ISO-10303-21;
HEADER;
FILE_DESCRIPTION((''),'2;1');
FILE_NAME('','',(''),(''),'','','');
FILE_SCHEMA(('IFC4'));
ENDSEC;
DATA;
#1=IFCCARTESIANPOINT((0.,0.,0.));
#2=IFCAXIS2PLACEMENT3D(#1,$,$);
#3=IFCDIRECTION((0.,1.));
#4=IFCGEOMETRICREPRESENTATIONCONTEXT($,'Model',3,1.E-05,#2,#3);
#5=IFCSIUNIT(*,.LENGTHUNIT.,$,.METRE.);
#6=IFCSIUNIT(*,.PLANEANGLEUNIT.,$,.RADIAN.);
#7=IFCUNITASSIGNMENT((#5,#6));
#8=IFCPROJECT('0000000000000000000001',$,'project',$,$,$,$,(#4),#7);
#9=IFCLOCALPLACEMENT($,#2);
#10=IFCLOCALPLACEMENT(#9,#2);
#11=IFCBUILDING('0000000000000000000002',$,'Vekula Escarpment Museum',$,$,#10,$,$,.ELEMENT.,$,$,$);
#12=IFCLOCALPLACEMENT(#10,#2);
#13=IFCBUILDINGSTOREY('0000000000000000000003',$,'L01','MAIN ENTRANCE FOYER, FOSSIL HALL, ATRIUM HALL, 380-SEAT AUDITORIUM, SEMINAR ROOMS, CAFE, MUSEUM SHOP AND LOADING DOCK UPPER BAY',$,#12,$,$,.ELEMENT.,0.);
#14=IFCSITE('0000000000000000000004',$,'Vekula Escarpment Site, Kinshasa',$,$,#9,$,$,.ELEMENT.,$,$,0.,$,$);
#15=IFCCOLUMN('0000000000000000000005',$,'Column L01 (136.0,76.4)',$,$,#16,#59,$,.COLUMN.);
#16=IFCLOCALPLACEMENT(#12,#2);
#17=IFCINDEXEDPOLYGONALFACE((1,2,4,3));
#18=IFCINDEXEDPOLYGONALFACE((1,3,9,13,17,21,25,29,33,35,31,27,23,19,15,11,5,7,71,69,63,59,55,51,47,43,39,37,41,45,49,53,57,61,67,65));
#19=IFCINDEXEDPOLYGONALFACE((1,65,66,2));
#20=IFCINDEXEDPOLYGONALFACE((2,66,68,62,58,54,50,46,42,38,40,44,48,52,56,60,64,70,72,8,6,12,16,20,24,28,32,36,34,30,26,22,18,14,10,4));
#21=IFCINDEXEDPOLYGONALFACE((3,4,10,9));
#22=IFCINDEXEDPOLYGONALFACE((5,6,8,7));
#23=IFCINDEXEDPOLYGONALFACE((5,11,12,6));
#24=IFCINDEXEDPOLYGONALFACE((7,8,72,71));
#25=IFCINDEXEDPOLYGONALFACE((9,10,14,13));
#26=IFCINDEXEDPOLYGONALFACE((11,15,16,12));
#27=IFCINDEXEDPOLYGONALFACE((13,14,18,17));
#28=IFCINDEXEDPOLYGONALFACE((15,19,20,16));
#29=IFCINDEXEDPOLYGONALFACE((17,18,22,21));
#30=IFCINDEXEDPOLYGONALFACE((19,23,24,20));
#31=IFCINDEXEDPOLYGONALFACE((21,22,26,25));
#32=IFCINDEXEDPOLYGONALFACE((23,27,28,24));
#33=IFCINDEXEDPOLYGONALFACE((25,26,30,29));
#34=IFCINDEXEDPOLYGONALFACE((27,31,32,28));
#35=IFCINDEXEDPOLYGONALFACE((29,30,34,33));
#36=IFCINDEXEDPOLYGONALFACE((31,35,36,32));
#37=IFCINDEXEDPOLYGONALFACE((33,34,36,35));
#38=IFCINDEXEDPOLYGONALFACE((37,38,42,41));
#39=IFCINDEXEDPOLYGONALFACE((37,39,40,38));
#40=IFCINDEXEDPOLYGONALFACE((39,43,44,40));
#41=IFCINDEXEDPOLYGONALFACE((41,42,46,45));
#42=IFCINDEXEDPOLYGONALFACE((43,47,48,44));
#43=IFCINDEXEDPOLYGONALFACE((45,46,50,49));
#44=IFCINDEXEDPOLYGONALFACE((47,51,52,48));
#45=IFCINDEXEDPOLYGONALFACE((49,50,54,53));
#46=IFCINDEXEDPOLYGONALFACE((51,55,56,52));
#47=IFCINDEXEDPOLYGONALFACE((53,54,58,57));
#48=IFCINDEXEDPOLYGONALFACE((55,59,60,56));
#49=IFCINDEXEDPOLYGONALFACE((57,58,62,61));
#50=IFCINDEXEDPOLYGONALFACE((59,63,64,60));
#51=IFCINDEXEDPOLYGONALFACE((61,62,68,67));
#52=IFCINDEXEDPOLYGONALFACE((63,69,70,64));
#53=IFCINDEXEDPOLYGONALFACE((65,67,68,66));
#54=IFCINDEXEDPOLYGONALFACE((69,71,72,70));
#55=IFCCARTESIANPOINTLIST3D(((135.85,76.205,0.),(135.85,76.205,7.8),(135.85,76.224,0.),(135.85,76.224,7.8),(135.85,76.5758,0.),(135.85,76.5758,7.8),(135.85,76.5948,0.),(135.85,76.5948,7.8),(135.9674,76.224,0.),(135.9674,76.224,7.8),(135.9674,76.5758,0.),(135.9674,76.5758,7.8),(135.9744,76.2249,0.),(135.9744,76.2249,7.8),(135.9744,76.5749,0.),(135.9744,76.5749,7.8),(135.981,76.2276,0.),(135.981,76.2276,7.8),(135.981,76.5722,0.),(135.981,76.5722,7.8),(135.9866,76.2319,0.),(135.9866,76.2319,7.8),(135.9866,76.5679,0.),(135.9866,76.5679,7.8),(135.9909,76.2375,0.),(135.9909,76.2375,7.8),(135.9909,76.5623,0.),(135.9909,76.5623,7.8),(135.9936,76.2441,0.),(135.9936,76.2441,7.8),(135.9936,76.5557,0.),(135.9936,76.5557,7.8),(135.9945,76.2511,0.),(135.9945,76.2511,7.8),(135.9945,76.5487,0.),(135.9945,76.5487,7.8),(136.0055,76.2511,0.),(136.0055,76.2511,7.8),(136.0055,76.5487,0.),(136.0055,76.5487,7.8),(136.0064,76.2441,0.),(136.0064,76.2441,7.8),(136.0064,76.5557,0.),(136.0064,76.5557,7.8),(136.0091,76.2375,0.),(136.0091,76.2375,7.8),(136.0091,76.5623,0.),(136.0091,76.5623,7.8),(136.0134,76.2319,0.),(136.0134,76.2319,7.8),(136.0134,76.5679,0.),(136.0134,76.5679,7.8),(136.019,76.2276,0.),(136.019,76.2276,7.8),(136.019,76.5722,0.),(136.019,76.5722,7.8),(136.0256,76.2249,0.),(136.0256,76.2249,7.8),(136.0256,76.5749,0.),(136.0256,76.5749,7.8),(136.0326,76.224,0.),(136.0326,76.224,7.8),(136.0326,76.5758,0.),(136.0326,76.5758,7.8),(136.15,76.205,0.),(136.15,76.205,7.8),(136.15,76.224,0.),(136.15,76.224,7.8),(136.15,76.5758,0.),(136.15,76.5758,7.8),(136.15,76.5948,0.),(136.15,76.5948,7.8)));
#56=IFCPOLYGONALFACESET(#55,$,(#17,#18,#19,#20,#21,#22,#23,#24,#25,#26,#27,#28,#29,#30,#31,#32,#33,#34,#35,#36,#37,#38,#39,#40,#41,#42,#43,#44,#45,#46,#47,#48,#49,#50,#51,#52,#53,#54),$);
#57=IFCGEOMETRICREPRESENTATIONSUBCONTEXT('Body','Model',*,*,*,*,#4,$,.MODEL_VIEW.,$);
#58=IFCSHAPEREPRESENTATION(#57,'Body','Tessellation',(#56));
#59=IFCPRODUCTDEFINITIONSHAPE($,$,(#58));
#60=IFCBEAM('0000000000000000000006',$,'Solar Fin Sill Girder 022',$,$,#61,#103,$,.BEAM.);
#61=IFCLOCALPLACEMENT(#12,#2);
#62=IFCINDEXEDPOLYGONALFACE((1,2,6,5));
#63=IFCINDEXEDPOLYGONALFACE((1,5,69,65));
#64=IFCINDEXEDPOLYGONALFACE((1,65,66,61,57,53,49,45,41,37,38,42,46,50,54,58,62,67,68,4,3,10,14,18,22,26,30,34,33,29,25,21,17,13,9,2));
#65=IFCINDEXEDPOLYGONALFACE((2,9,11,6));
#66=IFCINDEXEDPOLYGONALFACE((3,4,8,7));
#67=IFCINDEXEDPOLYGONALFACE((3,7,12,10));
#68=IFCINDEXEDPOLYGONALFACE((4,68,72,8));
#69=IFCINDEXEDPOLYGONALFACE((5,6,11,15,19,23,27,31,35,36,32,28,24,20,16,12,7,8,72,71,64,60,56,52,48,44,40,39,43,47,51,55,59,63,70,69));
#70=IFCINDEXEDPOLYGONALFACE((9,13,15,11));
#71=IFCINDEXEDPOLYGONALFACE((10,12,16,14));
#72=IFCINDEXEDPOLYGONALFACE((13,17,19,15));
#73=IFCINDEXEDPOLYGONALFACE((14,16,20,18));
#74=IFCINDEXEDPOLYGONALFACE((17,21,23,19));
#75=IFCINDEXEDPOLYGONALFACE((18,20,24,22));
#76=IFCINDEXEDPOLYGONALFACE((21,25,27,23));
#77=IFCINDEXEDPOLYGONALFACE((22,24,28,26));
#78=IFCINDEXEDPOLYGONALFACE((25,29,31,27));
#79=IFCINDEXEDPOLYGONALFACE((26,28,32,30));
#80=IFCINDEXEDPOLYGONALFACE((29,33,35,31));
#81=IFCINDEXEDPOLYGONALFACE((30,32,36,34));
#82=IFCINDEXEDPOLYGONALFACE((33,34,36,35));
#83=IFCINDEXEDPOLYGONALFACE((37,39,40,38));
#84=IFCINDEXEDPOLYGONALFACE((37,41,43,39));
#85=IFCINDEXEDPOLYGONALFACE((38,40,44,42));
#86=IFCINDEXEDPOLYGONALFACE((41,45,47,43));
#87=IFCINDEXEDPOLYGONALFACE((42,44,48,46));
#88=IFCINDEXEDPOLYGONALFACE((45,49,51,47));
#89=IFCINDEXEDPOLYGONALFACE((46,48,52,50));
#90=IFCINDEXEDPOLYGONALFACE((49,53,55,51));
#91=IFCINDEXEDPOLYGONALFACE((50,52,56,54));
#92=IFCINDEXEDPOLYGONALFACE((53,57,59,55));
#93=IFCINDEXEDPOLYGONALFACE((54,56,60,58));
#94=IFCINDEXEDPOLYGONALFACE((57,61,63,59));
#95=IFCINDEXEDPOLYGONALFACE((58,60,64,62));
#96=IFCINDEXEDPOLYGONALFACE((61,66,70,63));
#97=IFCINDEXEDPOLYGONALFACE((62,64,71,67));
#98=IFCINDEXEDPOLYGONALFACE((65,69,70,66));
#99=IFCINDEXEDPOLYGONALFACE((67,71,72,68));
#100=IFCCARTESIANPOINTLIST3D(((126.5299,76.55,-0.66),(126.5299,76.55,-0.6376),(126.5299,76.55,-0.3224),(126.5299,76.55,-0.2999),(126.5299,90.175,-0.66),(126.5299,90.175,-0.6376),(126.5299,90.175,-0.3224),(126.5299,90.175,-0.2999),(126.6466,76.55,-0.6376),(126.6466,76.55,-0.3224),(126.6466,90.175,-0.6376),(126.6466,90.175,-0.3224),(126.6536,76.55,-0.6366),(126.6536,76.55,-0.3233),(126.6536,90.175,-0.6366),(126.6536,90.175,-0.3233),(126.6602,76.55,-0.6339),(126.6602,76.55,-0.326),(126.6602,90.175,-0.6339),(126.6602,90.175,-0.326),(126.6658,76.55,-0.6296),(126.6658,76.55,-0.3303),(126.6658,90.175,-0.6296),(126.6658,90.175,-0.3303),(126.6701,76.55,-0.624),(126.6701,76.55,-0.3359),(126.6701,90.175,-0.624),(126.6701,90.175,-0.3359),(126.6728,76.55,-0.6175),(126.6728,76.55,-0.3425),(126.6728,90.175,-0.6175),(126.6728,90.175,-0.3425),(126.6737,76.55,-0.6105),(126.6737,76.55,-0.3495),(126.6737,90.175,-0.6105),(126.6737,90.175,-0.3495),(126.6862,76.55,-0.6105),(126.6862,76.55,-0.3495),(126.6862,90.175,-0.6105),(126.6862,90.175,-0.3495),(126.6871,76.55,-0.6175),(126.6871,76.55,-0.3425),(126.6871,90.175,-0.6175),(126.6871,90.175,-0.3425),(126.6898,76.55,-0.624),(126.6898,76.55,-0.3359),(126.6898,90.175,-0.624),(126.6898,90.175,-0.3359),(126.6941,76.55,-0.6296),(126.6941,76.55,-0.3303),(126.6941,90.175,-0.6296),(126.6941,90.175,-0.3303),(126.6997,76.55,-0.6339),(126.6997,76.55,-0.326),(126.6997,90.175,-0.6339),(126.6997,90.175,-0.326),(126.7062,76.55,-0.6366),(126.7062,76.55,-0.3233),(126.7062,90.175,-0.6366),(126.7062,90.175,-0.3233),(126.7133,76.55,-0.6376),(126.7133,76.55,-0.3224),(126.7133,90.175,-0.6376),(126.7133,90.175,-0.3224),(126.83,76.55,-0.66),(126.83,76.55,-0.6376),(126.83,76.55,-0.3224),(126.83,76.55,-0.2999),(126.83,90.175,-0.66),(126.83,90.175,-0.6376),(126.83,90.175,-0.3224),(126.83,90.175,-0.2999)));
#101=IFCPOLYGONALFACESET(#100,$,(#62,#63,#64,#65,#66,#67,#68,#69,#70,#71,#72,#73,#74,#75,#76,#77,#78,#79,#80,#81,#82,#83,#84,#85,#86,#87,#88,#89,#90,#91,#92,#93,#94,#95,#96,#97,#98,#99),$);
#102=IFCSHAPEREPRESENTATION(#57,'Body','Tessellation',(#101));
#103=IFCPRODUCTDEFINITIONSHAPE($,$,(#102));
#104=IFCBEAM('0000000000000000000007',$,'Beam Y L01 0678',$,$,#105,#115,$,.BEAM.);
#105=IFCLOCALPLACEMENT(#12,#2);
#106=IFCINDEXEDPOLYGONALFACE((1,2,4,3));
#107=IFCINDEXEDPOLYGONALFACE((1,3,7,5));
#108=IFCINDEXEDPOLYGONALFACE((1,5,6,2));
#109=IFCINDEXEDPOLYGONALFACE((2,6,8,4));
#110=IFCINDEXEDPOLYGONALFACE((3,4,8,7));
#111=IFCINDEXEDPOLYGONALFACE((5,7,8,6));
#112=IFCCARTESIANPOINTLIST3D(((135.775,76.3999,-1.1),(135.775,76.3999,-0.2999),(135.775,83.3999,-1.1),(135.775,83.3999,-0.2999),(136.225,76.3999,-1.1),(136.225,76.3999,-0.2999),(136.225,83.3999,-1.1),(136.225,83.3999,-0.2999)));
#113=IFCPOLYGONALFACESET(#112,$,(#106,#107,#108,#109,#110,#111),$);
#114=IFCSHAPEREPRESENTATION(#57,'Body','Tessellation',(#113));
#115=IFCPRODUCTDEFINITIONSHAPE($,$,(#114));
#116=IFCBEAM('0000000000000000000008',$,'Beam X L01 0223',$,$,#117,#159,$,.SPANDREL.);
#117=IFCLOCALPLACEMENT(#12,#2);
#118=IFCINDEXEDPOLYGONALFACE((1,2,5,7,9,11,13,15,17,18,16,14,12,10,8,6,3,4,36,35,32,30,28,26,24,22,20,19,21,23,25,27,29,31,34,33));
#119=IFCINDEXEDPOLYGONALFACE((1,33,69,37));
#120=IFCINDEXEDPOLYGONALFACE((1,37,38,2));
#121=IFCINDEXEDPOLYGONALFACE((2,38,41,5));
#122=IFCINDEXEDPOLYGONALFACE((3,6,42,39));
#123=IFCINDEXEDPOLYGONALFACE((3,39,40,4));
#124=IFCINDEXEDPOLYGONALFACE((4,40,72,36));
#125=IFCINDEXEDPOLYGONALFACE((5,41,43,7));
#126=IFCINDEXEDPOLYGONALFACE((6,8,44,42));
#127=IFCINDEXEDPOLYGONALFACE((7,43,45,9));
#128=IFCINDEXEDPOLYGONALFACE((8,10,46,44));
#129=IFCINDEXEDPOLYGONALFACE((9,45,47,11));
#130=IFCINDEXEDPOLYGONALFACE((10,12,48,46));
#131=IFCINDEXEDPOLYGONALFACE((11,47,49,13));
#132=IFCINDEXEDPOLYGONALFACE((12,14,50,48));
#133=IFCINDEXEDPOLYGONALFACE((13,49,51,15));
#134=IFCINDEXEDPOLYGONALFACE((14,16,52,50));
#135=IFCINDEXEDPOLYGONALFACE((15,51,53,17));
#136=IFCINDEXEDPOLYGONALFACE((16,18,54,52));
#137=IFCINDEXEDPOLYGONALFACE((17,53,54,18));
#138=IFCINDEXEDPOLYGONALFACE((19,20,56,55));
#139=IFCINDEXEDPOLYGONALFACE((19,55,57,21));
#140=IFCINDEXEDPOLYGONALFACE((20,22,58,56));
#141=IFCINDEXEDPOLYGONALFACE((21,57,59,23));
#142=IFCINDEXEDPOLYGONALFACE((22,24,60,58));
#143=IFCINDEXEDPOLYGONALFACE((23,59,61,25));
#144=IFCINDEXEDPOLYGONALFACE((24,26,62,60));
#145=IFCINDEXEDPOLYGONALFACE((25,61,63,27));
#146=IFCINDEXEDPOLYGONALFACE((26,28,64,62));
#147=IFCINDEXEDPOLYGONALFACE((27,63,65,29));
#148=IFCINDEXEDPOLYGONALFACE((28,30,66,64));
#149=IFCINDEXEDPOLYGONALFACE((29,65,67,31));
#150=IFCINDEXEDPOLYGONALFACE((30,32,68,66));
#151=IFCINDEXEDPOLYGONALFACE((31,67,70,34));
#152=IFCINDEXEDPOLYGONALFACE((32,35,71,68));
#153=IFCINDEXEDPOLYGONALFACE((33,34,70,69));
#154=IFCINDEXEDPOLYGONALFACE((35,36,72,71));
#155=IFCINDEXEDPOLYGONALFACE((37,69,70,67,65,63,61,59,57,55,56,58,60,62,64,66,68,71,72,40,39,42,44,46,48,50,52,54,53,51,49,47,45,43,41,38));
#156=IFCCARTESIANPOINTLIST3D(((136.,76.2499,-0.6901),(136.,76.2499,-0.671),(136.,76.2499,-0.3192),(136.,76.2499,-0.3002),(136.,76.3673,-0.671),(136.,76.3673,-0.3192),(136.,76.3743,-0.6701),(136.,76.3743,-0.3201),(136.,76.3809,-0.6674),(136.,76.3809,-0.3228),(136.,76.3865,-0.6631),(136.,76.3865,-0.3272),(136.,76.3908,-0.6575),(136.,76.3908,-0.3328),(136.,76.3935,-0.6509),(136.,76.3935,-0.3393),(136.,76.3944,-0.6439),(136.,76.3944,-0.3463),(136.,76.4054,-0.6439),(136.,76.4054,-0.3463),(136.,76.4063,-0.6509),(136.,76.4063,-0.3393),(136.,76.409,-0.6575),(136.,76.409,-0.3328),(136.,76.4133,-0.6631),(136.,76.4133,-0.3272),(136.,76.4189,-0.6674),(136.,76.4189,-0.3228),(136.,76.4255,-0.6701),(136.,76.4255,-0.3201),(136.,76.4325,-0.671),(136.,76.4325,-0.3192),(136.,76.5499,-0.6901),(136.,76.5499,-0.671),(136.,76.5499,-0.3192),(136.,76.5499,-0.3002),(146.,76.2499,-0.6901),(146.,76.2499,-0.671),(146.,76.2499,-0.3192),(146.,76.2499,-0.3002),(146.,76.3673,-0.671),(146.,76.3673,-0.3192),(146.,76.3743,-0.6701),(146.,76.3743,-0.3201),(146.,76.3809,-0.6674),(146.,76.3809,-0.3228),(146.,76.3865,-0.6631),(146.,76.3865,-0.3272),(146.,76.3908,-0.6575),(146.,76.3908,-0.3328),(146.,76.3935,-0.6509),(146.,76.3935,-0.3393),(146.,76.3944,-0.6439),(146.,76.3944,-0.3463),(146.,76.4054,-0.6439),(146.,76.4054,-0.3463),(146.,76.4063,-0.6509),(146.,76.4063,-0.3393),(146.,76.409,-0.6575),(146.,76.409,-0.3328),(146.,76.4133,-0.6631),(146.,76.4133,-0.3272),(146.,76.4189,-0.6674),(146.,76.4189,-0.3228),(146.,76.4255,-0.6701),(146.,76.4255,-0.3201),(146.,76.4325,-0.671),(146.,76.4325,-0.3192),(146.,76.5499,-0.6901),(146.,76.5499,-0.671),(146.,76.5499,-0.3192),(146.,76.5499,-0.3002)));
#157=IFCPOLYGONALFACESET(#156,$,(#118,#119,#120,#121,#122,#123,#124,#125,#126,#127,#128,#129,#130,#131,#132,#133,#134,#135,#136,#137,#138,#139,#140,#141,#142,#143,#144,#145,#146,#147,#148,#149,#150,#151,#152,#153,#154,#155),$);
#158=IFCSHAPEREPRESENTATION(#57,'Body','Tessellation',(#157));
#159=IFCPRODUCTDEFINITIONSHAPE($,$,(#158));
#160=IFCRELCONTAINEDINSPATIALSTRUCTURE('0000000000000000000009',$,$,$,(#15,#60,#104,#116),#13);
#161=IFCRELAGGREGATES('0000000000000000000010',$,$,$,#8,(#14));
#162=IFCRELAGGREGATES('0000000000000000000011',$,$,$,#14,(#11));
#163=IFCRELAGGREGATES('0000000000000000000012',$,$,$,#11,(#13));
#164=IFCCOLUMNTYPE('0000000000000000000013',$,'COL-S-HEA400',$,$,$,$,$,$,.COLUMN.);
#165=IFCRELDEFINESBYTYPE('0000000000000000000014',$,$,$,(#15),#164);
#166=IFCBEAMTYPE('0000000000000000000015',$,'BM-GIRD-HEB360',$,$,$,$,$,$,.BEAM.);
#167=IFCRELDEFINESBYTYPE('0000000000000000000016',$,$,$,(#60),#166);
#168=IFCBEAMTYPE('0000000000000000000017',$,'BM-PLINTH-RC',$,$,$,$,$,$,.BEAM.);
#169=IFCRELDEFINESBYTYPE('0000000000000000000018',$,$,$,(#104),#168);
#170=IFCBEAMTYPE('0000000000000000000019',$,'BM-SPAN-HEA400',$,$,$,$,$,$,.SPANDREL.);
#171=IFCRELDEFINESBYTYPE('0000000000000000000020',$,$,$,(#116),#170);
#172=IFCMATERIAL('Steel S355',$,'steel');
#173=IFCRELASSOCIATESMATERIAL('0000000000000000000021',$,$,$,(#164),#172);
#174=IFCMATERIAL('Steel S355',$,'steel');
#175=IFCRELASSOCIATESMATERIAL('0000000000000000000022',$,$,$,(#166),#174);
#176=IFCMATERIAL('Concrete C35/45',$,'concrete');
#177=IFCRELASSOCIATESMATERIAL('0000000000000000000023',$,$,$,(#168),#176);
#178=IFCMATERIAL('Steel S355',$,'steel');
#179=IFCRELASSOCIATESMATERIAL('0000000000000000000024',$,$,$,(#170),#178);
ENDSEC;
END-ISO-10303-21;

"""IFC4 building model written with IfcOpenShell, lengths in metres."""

from ifc_helpers import new_model, si_unit, direction, frame, origin, origin_2d, place, context, subcontext, project, spatial, rectangle, i_section, extrude, material, material_profile, profile_set, type_object, element, save


model = new_model("IFC4")

# Units and contexts
model_context = context("Model", 3, precision=1e-05, world=origin(), true_north=direction((0.0, 1.0)))
body_context = subcontext(model_context, "Body", "Model", "MODEL_VIEW")
ifc_project = project(units=[si_unit("LENGTHUNIT", "METRE"), si_unit("PLANEANGLEUNIT", "RADIAN")], contexts=[model_context])

# Site, building, storey
site_placement = place(None, origin())
site = spatial("IfcSite", under=ifc_project, at=site_placement, Name="Vekula Escarpment Site, Kinshasa", CompositionType="ELEMENT", RefElevation=0.0)
building_placement = place(site_placement, origin())
building = spatial("IfcBuilding", under=site, at=building_placement, Name="Vekula Escarpment Museum", CompositionType="ELEMENT")
storey_placement = place(building_placement, origin())
storey = spatial("IfcBuildingStorey", under=building, at=storey_placement, Name="L01", Description="MAIN ENTRANCE FOYER, FOSSIL HALL, ATRIUM HALL, 380-SEAT AUDITORIUM, SEMINAR ROOMS, CAFE, MUSEUM SHOP AND LOADING DOCK UPPER BAY", CompositionType="ELEMENT", Elevation=0.0)

# Column
ifc_material_1 = material(Name="Steel S355", Category="steel")
ifc_material_profile_1 = material_profile(ifc_material_1, i_section(OverallWidth=0.3, OverallDepth=0.3899, WebThickness=0.011, FlangeThickness=0.019, FilletRadius=0.0271, at=origin_2d()), Name="HEA 400")
ifc_profile_set_1 = profile_set([ifc_material_profile_1], Name="Steel S355")
column_type = type_object("IfcColumnType", Name="COL-S-HEA400", PredefinedType="COLUMN", material=ifc_profile_set_1)
column_placement = place(storey_placement, frame((136.0, 76.3999, 0.0), z_axis=(0.0, 0.0, 1.0), x_axis=(1.0, 0.0, 0.0)))
element("IfcColumn", 1, at=column_placement, inside=storey, type_object=column_type, Name="Column L01 (136.0,76.4)", PredefinedType="COLUMN", context=body_context, shape_type="SweptSolid", body=[
    extrude(i_section(OverallWidth=0.3, OverallDepth=0.3899, WebThickness=0.011, FlangeThickness=0.019, FilletRadius=0.0271, at=origin_2d()), origin(), (0.0, 0.0, 1.0), 7.8),
])

# Beams
ifc_material_2 = material(Name="Steel S355", Category="steel")
ifc_material_profile_2 = material_profile(ifc_material_2, i_section(OverallWidth=0.3, OverallDepth=0.3601, WebThickness=0.0125, FlangeThickness=0.0225, FilletRadius=0.0271, at=origin_2d()), Name="HEB 360")
ifc_profile_set_2 = profile_set([ifc_material_profile_2], Name="Steel S355")
beam_type_1 = type_object("IfcBeamType", Name="BM-GIRD-HEB360", PredefinedType="BEAM", material=ifc_profile_set_2)
beam_1_placement = place(storey_placement, frame((126.6799, 76.55, -0.48), z_axis=(0.0, 1.0, 0.0), x_axis=(-1.0, 0.0, 0.0)))
element("IfcBeam", 2, at=beam_1_placement, inside=storey, type_object=beam_type_1, Name="Solar Fin Sill Girder 022", PredefinedType="BEAM", context=body_context, shape_type="SweptSolid", body=[
    extrude(i_section(OverallWidth=0.3, OverallDepth=0.3601, WebThickness=0.0125, FlangeThickness=0.0225, FilletRadius=0.0271, at=origin_2d()), origin(), (0.0, 0.0, 1.0), 13.625),
])
ifc_material_3 = material(Name="Concrete C35/45", Category="concrete")
ifc_material_profile_3 = material_profile(ifc_material_3, rectangle(XDim=0.45, YDim=0.8, at=origin_2d()), Name="RC 450x800")
ifc_profile_set_3 = profile_set([ifc_material_profile_3], Name="Concrete C35/45")
beam_type_2 = type_object("IfcBeamType", Name="BM-PLINTH-RC", PredefinedType="BEAM", material=ifc_profile_set_3)
beam_2_placement = place(storey_placement, frame((136.0, 76.3999, -0.7), z_axis=(0.0, 1.0, 0.0), x_axis=(-1.0, 0.0, 0.0)))
element("IfcBeam", 3, at=beam_2_placement, inside=storey, type_object=beam_type_2, Name="Beam Y L01 0678", PredefinedType="BEAM", context=body_context, shape_type="SweptSolid", body=[
    extrude(rectangle(XDim=0.45, YDim=0.8, at=origin_2d()), origin(), (0.0, 0.0, 1.0), 7.0),
])
ifc_material_4 = material(Name="Steel S355", Category="steel")
ifc_material_profile_4 = material_profile(ifc_material_4, i_section(OverallWidth=0.3, OverallDepth=0.3899, WebThickness=0.011, FlangeThickness=0.019, FilletRadius=0.0271, at=origin_2d()), Name="HEA 400")
ifc_profile_set_4 = profile_set([ifc_material_profile_4], Name="Steel S355")
beam_type_3 = type_object("IfcBeamType", Name="BM-SPAN-HEA400", PredefinedType="SPANDREL", material=ifc_profile_set_4)
beam_3_placement = place(storey_placement, frame((136.0, 76.3999, -0.4951), z_axis=(1.0, 0.0, 0.0), x_axis=(0.0, 1.0, 0.0)))
element("IfcBeam", 4, at=beam_3_placement, inside=storey, type_object=beam_type_3, Name="Beam X L01 0223", PredefinedType="SPANDREL", context=body_context, shape_type="SweptSolid", body=[
    extrude(i_section(OverallWidth=0.3, OverallDepth=0.3899, WebThickness=0.011, FlangeThickness=0.019, FilletRadius=0.0271, at=origin_2d()), origin(), (0.0, 0.0, 1.0), 10.0),
])

save(model, "model.ifc")
